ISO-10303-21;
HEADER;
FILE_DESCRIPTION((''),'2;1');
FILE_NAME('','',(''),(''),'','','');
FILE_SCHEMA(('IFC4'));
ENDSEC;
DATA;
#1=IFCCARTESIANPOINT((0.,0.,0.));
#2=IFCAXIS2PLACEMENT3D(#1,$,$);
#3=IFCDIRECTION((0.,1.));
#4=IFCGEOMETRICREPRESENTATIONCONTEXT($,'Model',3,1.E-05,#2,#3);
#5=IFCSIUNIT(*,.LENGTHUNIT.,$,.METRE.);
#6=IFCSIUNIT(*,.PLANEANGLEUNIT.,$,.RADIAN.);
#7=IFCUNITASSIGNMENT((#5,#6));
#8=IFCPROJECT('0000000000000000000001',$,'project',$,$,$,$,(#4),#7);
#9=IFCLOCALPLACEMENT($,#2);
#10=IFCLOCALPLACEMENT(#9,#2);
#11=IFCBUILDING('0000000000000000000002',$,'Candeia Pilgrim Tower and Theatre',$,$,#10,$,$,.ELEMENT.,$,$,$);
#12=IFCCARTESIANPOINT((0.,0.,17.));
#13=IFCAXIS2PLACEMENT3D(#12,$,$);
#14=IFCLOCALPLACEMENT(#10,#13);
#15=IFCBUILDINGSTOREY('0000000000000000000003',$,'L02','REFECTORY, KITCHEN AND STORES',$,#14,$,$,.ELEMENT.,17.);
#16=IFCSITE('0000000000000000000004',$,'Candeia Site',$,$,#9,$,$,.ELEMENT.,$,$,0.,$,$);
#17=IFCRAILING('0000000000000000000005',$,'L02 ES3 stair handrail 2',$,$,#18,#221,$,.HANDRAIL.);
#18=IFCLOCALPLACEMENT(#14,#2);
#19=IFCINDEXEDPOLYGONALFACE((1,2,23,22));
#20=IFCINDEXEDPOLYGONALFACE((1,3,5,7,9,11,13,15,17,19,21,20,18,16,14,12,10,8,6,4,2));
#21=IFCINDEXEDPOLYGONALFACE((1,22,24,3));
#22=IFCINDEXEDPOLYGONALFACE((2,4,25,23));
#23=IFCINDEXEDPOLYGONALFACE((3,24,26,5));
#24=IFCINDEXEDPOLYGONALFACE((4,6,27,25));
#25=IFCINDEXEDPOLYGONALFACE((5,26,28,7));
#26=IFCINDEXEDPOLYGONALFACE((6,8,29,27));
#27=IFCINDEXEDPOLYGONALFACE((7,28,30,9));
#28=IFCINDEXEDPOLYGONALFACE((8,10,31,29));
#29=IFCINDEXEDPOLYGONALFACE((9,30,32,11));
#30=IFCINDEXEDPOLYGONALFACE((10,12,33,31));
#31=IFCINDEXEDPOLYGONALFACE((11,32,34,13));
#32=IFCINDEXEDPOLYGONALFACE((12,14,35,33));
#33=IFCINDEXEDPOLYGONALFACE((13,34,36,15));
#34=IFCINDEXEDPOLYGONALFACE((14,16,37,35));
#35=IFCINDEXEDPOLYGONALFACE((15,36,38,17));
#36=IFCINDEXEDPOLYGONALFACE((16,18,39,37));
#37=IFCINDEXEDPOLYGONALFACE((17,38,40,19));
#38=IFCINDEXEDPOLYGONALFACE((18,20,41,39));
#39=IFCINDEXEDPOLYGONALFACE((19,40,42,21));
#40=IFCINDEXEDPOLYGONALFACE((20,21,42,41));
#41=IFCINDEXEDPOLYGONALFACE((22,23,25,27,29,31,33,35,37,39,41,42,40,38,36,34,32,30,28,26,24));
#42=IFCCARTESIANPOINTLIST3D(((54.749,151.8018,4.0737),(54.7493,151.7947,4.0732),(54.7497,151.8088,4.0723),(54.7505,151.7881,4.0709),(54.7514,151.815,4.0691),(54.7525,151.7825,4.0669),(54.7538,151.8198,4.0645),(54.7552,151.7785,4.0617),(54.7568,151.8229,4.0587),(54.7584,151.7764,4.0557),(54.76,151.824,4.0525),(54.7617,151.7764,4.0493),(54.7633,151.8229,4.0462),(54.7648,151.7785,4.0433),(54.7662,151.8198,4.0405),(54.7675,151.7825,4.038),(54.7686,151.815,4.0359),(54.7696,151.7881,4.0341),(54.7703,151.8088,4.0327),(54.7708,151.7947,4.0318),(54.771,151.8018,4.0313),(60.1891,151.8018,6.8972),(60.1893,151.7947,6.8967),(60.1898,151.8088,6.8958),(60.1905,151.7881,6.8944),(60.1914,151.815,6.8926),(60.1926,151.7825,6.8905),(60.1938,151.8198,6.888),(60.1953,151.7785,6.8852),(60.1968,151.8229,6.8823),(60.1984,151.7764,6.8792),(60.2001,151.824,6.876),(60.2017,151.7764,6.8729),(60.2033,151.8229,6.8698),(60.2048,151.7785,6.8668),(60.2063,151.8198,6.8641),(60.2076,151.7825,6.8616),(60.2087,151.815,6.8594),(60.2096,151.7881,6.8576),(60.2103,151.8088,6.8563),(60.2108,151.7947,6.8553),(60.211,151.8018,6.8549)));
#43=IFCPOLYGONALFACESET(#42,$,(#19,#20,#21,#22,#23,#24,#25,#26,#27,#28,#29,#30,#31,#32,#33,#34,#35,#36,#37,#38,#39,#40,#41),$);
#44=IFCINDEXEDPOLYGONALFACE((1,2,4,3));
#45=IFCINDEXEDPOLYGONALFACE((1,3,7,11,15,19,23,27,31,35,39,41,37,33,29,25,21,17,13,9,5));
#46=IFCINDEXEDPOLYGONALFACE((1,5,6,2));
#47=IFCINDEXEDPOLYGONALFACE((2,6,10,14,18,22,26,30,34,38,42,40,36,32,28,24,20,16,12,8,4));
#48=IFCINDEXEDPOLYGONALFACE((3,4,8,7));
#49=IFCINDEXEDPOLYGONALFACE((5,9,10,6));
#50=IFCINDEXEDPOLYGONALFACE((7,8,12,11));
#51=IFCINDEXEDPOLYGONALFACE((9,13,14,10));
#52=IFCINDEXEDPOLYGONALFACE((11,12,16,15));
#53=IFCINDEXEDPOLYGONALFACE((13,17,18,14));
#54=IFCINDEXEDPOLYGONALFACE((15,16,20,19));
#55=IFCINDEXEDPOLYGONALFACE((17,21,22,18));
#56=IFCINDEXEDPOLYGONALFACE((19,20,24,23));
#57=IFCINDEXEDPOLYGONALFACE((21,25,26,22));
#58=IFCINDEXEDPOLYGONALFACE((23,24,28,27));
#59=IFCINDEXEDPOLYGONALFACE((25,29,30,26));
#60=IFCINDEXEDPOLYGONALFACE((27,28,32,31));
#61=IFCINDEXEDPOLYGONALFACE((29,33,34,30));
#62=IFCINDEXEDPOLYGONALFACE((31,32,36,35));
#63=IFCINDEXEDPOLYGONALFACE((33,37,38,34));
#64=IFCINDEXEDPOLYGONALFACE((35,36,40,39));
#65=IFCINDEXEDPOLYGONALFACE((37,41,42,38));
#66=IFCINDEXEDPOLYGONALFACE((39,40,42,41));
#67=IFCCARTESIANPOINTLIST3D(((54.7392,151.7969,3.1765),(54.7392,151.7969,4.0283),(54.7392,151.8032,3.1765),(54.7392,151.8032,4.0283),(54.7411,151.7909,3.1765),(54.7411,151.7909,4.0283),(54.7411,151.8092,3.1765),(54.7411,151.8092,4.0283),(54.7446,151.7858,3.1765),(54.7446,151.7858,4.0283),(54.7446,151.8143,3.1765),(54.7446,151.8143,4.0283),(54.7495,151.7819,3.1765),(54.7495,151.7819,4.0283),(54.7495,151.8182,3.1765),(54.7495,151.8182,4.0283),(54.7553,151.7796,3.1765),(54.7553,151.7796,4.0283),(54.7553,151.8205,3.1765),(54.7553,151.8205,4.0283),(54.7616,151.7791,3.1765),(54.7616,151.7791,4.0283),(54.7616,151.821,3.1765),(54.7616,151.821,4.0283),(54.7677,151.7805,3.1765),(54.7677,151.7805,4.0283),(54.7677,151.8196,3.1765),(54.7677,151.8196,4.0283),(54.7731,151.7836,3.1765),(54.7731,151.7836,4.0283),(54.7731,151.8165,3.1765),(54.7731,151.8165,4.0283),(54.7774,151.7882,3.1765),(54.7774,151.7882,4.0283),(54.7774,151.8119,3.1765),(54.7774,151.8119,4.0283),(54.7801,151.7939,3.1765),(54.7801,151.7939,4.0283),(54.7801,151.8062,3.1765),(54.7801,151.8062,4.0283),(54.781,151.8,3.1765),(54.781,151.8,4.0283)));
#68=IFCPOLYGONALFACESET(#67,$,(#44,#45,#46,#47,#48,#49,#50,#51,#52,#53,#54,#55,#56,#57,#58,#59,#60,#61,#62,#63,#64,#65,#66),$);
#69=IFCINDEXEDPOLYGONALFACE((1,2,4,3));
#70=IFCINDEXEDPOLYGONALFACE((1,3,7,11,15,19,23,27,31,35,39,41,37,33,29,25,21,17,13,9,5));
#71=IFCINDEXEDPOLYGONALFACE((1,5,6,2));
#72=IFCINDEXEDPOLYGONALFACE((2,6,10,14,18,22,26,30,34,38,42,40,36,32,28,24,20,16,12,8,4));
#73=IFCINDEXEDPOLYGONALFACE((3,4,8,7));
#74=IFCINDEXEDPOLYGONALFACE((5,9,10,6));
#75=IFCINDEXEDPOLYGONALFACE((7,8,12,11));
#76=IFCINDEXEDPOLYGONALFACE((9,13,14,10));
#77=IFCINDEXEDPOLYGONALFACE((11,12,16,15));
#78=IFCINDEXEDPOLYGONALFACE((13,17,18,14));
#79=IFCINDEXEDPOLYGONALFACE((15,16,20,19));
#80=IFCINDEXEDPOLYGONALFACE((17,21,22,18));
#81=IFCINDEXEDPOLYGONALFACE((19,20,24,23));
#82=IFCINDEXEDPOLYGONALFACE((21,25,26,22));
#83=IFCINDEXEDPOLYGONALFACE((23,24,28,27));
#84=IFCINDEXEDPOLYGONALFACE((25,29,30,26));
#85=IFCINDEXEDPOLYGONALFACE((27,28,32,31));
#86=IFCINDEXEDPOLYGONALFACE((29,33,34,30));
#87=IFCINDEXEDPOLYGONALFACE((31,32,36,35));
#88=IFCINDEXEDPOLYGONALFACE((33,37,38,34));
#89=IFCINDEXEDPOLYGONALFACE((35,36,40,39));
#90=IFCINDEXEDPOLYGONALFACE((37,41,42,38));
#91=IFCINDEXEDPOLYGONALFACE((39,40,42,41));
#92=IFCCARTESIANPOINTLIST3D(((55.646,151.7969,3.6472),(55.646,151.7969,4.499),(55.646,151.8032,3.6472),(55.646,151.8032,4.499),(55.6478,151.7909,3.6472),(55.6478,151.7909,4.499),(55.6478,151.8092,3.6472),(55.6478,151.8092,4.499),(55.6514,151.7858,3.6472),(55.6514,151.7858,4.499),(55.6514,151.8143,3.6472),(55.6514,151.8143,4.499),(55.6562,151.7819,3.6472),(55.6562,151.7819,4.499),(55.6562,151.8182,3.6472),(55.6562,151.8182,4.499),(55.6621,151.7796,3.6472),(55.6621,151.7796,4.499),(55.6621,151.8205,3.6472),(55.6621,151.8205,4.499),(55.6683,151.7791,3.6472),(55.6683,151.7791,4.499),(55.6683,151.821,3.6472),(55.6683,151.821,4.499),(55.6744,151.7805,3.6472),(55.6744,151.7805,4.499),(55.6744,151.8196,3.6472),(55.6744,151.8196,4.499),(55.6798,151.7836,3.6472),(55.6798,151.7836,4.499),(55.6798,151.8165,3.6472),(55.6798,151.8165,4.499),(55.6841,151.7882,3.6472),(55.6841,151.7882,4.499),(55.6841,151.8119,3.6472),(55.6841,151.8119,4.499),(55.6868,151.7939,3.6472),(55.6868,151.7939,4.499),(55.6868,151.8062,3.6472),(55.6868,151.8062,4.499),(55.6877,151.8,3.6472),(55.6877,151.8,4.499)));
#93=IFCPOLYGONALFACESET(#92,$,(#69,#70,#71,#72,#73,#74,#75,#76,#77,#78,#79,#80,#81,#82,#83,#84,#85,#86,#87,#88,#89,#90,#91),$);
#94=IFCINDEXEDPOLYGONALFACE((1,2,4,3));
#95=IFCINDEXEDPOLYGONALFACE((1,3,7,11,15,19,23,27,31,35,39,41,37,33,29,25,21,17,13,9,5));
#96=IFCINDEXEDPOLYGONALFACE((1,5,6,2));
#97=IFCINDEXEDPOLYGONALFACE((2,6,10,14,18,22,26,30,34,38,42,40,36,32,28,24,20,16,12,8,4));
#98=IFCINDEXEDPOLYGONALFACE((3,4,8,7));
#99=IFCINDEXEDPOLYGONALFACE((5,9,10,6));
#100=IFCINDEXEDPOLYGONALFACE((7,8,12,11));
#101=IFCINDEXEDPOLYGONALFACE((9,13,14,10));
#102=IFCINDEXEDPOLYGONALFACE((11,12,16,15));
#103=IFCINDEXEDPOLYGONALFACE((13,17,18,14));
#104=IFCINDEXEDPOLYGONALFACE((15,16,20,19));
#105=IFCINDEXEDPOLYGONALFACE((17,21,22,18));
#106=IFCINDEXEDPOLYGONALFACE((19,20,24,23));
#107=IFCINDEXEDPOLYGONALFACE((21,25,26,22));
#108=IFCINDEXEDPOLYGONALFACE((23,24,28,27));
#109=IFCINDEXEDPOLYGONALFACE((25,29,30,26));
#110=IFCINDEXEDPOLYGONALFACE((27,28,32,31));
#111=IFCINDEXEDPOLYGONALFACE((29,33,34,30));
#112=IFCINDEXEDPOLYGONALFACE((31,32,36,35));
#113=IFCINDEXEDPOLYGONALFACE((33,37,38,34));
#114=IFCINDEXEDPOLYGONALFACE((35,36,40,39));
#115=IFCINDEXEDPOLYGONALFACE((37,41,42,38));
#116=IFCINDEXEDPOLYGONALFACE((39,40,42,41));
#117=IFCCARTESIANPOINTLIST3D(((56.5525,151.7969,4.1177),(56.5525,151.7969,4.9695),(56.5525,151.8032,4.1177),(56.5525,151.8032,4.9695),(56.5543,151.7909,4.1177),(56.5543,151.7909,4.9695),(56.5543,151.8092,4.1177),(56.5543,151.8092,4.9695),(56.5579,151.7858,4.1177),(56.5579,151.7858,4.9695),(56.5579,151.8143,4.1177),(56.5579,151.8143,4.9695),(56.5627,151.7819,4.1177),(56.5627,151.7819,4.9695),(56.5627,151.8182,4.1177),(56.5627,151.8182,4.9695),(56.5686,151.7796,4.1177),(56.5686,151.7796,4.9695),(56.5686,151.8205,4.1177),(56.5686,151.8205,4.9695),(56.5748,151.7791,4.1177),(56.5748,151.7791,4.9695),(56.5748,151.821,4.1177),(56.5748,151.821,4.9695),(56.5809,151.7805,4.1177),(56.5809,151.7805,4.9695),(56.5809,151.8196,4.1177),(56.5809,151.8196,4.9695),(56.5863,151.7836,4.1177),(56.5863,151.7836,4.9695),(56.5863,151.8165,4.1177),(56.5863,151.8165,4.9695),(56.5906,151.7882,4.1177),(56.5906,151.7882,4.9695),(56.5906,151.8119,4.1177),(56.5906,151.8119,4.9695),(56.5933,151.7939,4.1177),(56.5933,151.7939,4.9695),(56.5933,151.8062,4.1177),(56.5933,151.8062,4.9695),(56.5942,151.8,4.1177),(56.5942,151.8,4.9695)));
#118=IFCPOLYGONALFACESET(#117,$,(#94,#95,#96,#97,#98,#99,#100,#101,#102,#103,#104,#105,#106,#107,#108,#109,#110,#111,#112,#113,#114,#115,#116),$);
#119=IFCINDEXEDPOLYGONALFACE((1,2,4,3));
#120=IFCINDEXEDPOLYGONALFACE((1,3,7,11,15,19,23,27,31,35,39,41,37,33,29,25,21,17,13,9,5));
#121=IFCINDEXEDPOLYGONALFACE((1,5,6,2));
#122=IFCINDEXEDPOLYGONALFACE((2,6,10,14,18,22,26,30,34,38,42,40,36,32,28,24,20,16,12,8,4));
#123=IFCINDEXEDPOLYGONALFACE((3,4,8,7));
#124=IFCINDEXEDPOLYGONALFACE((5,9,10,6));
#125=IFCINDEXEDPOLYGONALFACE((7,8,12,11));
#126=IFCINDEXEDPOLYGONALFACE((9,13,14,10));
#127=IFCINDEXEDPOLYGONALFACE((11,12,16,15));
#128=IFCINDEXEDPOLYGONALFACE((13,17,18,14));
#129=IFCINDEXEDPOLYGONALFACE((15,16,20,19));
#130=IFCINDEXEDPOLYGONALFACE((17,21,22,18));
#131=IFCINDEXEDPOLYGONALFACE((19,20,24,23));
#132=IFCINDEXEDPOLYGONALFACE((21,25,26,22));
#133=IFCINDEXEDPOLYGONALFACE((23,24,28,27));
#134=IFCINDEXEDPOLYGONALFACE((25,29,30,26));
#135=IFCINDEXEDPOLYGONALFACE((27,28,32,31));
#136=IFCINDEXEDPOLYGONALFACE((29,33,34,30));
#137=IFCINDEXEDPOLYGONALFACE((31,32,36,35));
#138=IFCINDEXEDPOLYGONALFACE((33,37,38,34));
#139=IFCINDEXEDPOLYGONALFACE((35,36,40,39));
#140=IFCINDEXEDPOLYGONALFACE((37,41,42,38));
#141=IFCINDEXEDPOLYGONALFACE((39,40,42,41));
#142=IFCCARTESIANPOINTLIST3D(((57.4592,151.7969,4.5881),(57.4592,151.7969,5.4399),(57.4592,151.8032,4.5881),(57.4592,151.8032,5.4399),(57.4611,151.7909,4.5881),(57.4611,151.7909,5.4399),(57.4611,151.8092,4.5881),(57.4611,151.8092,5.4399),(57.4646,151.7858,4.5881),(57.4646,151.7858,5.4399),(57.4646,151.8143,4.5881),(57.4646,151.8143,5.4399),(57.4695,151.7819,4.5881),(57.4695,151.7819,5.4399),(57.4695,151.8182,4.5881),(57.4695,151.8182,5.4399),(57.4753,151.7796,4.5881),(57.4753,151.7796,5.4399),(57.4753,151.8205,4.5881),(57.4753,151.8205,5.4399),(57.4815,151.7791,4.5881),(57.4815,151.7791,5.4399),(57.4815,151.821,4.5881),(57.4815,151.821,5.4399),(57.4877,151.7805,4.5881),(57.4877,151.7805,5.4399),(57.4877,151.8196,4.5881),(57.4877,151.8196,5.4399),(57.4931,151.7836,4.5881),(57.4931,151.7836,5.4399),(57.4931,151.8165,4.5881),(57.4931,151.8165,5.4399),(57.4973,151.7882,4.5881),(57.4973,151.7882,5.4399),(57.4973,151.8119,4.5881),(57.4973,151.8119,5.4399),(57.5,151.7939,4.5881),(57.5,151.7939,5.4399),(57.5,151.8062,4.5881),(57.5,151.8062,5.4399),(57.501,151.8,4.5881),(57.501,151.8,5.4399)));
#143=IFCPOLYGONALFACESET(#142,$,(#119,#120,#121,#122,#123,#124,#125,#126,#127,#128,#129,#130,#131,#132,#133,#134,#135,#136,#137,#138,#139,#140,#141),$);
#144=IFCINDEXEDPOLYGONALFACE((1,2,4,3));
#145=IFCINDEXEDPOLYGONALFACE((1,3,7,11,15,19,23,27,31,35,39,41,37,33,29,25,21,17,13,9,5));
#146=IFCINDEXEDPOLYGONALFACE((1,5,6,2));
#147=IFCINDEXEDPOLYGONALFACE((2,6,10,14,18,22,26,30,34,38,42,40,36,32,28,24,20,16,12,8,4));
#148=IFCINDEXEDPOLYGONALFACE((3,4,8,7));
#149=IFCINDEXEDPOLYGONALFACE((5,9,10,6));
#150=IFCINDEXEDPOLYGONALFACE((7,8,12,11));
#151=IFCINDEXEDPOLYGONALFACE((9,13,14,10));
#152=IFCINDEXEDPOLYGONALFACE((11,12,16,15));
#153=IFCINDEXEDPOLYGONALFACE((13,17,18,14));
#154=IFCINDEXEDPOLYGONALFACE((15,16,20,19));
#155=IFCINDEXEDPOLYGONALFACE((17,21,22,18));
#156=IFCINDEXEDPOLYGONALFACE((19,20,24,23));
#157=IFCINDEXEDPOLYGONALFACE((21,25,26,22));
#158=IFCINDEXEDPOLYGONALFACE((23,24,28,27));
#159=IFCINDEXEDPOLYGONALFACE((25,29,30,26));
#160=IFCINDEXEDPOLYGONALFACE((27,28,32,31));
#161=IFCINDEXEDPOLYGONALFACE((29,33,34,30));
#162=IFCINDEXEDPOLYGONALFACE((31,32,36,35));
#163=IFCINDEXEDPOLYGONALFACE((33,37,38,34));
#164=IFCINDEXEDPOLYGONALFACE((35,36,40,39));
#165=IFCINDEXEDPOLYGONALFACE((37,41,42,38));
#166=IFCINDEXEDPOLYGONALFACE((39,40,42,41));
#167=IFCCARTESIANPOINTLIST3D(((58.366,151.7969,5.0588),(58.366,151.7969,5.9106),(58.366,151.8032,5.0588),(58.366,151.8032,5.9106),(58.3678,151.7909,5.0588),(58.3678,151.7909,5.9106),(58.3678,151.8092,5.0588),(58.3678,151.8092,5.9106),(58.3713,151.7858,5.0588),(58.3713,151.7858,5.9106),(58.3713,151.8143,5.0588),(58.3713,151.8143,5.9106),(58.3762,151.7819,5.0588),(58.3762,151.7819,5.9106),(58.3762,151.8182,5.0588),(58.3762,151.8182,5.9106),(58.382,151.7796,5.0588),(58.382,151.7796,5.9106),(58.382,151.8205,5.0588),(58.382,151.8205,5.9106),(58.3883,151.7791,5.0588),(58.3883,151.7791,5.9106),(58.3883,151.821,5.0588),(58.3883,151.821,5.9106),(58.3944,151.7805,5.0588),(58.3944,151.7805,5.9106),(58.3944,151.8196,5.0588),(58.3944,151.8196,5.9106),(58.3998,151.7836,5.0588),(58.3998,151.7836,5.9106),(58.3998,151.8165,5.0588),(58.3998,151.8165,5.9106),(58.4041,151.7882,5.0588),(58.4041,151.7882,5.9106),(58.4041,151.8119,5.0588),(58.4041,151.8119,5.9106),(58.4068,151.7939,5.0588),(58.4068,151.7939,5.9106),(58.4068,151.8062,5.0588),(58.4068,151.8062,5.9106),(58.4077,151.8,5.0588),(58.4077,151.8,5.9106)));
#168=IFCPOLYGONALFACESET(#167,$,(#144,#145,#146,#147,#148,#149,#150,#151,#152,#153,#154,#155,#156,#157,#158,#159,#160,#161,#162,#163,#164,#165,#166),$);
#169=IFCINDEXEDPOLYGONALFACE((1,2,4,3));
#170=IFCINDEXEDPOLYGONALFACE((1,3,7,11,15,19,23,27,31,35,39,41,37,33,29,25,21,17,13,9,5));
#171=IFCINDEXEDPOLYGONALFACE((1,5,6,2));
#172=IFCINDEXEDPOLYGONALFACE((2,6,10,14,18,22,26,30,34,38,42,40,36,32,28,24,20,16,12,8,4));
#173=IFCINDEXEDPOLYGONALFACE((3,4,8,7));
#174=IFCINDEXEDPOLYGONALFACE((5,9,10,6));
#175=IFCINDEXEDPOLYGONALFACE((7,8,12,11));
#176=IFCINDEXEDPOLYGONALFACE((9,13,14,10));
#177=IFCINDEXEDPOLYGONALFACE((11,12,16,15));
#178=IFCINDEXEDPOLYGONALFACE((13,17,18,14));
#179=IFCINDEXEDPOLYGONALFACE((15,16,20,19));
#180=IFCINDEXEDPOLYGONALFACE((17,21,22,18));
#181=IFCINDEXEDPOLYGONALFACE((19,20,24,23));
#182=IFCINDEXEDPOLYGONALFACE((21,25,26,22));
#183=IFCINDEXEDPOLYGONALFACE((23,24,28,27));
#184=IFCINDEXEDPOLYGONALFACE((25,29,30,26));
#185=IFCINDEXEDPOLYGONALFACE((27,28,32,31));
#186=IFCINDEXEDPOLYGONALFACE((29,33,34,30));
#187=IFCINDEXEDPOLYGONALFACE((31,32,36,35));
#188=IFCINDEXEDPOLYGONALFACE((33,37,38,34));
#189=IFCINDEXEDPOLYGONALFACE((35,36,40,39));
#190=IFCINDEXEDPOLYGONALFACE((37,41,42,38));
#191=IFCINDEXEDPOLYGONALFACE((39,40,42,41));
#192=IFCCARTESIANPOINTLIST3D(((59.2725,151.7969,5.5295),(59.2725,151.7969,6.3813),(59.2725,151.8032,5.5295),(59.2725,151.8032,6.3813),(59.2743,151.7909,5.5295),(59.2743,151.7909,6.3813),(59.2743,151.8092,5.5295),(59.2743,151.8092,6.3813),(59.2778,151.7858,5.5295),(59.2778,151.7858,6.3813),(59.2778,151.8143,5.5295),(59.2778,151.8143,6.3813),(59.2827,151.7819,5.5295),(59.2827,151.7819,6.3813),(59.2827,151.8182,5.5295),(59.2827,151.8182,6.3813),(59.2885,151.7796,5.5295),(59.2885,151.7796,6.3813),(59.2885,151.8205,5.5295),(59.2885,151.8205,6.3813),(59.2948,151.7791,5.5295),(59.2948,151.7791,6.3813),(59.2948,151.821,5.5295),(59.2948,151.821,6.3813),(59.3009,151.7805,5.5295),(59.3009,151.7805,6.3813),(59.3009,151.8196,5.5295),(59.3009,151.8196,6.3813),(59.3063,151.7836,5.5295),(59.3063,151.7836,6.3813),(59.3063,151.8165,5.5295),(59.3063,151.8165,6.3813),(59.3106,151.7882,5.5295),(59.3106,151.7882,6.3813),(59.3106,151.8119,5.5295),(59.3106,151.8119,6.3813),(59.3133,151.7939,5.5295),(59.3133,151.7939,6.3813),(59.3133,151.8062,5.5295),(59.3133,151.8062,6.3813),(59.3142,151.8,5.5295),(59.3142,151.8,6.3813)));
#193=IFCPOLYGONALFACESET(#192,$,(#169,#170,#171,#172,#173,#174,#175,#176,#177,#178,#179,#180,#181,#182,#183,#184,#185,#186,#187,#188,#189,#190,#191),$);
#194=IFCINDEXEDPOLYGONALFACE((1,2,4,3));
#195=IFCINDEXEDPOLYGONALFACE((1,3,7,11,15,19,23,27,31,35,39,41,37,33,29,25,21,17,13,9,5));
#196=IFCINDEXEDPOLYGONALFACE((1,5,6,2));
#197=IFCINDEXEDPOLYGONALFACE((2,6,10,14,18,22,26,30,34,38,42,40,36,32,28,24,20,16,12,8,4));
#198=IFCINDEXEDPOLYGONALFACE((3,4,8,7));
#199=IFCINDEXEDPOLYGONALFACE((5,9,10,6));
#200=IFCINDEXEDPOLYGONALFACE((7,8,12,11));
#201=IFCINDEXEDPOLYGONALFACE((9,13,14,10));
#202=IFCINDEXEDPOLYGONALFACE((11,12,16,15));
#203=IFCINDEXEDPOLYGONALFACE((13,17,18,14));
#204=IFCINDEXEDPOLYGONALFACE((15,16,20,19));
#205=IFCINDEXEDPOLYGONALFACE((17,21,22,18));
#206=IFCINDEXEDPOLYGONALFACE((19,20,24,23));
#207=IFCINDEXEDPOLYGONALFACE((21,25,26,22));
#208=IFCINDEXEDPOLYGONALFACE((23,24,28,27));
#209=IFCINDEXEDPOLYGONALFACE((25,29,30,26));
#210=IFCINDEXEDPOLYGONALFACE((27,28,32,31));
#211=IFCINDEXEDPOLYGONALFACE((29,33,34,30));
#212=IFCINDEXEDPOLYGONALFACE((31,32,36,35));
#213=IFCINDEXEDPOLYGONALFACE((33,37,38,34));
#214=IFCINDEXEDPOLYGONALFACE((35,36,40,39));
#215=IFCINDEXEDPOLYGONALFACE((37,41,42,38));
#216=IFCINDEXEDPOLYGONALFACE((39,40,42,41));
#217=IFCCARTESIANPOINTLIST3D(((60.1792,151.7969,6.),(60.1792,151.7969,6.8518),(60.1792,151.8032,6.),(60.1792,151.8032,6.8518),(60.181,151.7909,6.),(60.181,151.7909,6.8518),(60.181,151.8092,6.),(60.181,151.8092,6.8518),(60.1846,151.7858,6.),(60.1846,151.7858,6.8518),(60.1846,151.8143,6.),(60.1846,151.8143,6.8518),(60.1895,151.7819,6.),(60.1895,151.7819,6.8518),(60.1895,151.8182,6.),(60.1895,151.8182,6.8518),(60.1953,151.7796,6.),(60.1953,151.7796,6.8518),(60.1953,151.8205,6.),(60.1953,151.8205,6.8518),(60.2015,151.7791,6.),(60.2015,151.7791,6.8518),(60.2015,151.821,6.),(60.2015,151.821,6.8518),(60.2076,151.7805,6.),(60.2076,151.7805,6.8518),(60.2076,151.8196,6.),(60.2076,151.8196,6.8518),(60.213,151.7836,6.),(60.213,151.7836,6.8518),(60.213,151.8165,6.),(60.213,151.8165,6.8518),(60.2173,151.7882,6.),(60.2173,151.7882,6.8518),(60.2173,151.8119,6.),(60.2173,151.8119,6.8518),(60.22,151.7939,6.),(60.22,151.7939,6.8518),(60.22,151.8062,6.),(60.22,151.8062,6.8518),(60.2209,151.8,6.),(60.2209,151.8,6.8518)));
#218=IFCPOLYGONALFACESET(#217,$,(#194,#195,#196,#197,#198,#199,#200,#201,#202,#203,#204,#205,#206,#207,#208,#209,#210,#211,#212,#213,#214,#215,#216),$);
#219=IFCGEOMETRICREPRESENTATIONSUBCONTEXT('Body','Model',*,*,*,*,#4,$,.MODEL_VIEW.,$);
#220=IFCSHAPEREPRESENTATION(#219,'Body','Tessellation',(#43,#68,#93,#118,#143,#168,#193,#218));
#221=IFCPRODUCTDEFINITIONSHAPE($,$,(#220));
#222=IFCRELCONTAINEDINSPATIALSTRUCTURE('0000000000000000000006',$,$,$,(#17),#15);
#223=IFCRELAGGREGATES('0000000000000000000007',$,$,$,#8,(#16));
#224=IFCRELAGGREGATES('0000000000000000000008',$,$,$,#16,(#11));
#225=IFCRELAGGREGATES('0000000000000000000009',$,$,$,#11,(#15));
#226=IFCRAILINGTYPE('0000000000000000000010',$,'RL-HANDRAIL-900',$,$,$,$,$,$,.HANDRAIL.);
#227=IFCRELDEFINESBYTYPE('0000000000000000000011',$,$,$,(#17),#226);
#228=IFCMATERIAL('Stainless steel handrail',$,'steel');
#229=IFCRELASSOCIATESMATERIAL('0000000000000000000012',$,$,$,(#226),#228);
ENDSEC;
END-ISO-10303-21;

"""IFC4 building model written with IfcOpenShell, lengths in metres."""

from ifc_helpers import new_model, si_unit, direction, frame, origin, origin_2d, place, context, subcontext, project, spatial, circle, extrude, material, type_object, element, save


model = new_model("IFC4")

# Units and contexts
model_context = context("Model", 3, precision=1e-05, world=origin(), true_north=direction((0.0, 1.0)))
body_context = subcontext(model_context, "Body", "Model", "MODEL_VIEW")
ifc_project = project(units=[si_unit("LENGTHUNIT", "METRE"), si_unit("PLANEANGLEUNIT", "RADIAN")], contexts=[model_context])

# Site, building, storey
site_placement = place(None, origin())
site = spatial("IfcSite", under=ifc_project, at=site_placement, Name="Candeia Site", CompositionType="ELEMENT", RefElevation=0.0)
building_placement = place(site_placement, origin())
building = spatial("IfcBuilding", under=site, at=building_placement, Name="Candeia Pilgrim Tower and Theatre", CompositionType="ELEMENT")
storey_placement = place(building_placement, frame((0.0, 0.0, 17.0)))
storey = spatial("IfcBuildingStorey", under=building, at=storey_placement, Name="L02", Description="REFECTORY, KITCHEN AND STORES", CompositionType="ELEMENT", Elevation=17.0)

# Railing
ifc_material_1 = material(Name="Stainless steel handrail", Category="steel")
railing_type_1 = type_object("IfcRailingType", Name="RL-HANDRAIL-900", PredefinedType="HANDRAIL", material=ifc_material_1)
railing_1_placement = place(storey_placement, frame((54.76, 151.8, 3.1765)))
element("IfcRailing", 1, at=railing_1_placement, inside=storey, type_object=railing_type_1, Name="L02 ES3 stair handrail 2", PredefinedType="HANDRAIL", context=body_context, shape_type="SweptSolid", body=[
    extrude(circle(Radius=0.0239, at=origin_2d()), frame((0.0, 0.0, 0.876), z_axis=(0.887569, 0.0, 0.460674), x_axis=(0.0, 1.0, 0.0)), (0.0, 0.0, 1.0), 6.1292),
    extrude(circle(Radius=0.021, at=origin_2d()), origin(), (0.0, 0.0, 1.0), 0.8518),
    extrude(circle(Radius=0.021, at=origin_2d()), frame((0.9067, 0.0, 0.4707)), (0.0, 0.0, 1.0), 0.8518),
    extrude(circle(Radius=0.021, at=origin_2d()), frame((1.8132, 0.0, 0.9412)), (0.0, 0.0, 1.0), 0.8518),
    extrude(circle(Radius=0.021, at=origin_2d()), frame((2.72, 0.0, 1.4116)), (0.0, 0.0, 1.0), 0.8518),
    extrude(circle(Radius=0.021, at=origin_2d()), frame((3.6267, 0.0, 1.8823)), (0.0, 0.0, 1.0), 0.8518),
    extrude(circle(Radius=0.021, at=origin_2d()), frame((4.5332, 0.0, 2.353)), (0.0, 0.0, 1.0), 0.8518),
    extrude(circle(Radius=0.021, at=origin_2d()), frame((5.4399, 0.0, 2.8235)), (0.0, 0.0, 1.0), 0.8518),
])

save(model, "model.ifc")
